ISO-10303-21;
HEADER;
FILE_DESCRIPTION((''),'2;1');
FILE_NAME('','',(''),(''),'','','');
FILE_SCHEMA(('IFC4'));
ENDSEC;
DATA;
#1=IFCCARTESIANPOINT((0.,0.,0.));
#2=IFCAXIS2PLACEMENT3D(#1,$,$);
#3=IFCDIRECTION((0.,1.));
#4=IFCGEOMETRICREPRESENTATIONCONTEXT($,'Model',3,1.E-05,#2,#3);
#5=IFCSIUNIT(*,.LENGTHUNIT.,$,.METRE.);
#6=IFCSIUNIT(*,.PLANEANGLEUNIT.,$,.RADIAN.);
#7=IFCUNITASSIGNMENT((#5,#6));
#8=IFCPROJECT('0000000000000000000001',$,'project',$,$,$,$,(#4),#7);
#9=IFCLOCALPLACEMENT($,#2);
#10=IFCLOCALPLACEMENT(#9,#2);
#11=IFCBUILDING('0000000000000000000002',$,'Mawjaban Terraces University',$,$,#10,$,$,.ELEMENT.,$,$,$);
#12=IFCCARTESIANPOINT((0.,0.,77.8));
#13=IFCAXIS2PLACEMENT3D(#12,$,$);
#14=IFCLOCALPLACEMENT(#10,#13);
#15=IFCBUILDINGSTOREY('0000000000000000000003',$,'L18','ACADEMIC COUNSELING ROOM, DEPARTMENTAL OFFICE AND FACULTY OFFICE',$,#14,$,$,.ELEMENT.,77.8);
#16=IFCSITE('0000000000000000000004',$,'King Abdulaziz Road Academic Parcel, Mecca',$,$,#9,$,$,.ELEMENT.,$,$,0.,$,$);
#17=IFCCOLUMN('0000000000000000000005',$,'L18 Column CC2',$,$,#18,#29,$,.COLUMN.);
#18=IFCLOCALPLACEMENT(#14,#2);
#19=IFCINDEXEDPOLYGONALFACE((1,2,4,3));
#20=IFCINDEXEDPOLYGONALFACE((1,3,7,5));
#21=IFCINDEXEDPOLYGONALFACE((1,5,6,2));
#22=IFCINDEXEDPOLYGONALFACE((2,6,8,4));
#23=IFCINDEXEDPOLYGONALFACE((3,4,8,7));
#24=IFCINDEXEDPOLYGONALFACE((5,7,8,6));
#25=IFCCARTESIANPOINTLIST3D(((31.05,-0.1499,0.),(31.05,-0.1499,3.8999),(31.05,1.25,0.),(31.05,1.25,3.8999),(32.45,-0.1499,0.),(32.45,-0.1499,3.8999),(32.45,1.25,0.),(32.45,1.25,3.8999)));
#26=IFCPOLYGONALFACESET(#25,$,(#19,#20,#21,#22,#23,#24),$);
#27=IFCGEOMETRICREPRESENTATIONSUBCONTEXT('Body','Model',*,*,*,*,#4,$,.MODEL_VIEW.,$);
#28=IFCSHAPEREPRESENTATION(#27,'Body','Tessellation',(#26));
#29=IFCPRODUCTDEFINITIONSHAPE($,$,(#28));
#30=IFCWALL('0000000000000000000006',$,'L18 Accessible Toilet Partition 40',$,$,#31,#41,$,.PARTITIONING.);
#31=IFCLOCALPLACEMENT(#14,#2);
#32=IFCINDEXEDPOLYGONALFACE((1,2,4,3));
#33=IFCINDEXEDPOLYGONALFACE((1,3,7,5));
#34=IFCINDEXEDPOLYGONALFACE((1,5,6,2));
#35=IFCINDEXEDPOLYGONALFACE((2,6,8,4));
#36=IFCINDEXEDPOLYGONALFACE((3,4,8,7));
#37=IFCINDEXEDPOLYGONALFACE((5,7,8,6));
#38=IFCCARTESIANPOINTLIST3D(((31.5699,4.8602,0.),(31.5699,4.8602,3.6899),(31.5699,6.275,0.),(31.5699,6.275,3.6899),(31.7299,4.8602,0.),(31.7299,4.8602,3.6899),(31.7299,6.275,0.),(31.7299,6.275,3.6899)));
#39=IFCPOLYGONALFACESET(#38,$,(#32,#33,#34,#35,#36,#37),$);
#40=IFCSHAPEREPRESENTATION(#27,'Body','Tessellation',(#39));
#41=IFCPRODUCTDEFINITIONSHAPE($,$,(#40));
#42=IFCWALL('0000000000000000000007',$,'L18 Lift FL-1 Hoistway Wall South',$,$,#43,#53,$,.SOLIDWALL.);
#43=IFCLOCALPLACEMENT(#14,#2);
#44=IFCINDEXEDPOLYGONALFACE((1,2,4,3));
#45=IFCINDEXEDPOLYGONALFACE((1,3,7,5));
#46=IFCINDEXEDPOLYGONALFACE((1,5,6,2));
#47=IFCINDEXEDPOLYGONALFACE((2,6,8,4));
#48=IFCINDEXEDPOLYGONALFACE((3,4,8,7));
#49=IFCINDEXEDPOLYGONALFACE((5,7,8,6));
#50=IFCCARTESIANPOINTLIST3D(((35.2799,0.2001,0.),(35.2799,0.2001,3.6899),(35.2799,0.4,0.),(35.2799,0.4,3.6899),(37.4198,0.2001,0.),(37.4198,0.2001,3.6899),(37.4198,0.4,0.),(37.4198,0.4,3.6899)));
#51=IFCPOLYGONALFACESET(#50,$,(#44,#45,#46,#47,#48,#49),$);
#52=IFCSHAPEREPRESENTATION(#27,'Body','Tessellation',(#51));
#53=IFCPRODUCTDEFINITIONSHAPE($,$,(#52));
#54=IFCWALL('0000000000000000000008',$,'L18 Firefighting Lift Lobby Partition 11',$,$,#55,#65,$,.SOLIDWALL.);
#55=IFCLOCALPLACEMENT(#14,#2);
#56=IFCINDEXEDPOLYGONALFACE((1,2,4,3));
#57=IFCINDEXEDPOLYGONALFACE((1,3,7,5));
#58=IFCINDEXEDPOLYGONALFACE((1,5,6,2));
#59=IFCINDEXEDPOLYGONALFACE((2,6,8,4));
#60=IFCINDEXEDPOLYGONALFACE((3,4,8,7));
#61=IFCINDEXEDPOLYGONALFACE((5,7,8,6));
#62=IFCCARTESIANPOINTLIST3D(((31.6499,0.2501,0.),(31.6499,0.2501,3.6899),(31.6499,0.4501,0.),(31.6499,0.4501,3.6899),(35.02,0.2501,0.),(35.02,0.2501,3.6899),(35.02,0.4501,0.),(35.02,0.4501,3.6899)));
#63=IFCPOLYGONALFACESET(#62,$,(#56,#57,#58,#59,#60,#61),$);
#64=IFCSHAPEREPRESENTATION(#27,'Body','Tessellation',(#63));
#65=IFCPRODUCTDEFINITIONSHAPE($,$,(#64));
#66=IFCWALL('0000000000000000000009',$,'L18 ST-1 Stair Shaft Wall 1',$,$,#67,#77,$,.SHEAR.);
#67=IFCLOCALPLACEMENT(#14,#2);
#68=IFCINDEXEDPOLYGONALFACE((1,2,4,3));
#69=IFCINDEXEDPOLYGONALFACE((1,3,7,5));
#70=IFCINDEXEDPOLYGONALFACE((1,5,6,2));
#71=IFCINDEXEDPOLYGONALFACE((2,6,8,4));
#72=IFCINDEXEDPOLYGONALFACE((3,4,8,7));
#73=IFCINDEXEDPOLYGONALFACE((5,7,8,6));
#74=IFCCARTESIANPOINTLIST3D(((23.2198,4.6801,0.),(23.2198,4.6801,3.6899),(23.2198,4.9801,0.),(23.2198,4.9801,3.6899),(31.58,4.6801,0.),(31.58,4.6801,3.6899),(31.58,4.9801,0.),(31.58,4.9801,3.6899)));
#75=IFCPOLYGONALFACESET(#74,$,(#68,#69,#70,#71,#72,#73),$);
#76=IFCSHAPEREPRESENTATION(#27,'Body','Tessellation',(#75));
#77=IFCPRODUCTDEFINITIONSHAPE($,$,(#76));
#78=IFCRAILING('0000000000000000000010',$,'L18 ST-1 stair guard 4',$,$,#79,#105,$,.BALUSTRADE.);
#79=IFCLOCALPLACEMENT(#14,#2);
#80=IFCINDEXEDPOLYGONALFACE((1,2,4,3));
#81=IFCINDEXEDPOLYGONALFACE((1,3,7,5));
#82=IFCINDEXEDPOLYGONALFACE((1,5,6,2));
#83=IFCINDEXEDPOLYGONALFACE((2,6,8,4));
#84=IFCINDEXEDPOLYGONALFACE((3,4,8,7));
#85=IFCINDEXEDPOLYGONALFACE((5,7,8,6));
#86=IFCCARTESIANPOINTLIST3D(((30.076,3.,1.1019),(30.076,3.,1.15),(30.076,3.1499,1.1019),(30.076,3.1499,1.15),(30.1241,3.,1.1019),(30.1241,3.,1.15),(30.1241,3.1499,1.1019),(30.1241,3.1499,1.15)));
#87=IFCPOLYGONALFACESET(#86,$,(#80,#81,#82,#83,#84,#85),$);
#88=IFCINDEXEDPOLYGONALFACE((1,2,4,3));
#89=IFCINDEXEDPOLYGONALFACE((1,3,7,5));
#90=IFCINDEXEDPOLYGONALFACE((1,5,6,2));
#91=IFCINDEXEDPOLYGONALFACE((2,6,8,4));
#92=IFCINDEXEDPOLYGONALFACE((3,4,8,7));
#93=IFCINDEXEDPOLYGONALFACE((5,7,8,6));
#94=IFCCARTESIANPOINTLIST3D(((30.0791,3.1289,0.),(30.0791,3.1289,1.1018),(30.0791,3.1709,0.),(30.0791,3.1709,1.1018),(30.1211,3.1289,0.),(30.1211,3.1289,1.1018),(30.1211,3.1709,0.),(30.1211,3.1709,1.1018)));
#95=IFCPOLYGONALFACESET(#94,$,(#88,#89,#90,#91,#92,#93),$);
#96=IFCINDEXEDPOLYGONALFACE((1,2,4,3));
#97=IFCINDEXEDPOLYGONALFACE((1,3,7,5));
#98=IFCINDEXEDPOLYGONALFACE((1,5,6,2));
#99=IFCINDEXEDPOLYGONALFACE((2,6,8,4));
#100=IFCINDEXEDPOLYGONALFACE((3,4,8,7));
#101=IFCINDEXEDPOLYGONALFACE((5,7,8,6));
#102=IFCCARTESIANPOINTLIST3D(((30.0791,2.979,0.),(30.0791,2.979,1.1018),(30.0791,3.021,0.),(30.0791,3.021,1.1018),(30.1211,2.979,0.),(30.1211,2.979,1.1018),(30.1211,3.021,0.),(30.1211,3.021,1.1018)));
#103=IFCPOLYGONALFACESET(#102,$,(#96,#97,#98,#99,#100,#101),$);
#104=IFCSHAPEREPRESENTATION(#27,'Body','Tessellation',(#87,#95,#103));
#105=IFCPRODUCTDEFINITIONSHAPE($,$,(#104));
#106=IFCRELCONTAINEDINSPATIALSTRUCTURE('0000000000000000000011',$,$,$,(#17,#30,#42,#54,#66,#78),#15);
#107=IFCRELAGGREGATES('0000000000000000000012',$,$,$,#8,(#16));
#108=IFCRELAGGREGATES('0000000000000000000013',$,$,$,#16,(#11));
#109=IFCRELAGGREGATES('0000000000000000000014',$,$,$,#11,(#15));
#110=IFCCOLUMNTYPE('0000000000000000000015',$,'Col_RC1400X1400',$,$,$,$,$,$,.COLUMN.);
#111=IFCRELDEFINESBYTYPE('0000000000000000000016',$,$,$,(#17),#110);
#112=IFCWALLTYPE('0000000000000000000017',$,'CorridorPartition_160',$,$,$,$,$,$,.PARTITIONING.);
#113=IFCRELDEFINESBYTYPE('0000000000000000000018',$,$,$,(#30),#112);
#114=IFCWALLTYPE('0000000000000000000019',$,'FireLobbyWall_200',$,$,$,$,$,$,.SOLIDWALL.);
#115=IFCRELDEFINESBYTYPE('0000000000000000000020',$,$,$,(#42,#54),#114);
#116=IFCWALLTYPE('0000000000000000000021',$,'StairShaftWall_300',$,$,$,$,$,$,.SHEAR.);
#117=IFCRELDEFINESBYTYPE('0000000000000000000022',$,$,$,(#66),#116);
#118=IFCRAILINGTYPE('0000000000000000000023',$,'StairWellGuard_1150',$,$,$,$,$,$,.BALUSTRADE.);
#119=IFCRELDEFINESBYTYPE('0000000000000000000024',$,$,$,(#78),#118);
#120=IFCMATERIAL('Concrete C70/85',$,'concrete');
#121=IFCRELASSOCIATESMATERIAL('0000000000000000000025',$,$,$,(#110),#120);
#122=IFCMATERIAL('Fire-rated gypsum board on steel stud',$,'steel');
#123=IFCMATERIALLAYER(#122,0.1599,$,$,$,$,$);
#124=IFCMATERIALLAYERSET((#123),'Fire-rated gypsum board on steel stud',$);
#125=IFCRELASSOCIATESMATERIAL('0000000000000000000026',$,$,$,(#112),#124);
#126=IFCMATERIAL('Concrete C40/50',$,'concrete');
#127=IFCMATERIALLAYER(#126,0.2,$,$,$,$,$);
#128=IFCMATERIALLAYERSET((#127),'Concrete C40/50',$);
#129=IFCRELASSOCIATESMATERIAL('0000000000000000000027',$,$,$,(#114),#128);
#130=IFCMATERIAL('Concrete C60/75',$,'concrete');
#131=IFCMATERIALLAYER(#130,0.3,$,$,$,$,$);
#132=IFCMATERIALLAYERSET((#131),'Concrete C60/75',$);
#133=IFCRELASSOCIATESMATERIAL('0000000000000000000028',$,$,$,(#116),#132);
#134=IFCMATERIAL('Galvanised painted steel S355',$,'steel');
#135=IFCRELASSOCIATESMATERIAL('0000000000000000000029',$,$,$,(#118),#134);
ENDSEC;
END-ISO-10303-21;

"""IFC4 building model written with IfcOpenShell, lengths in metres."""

from ifc_helpers import new_model, si_unit, direction, frame, frame_2d, origin, origin_2d, place, context, subcontext, project, spatial, rectangle, extrude, material, layer, layer_set, material_profile, profile_set, type_object, element, save


model = new_model("IFC4")

# Units and contexts
model_context = context("Model", 3, precision=1e-05, world=origin(), true_north=direction((0.0, 1.0)))
body_context = subcontext(model_context, "Body", "Model", "MODEL_VIEW")
ifc_project = project(units=[si_unit("LENGTHUNIT", "METRE"), si_unit("PLANEANGLEUNIT", "RADIAN")], contexts=[model_context])

# Site, building, storey
site_placement = place(None, origin())
site = spatial("IfcSite", under=ifc_project, at=site_placement, Name="King Abdulaziz Road Academic Parcel, Mecca", CompositionType="ELEMENT", RefElevation=0.0)
building_placement = place(site_placement, origin())
building = spatial("IfcBuilding", under=site, at=building_placement, Name="Mawjaban Terraces University", CompositionType="ELEMENT")
storey_placement = place(building_placement, frame((0.0, 0.0, 77.8)))
storey = spatial("IfcBuildingStorey", under=building, at=storey_placement, Name="L18", Description="ACADEMIC COUNSELING ROOM, DEPARTMENTAL OFFICE AND FACULTY OFFICE", CompositionType="ELEMENT", Elevation=77.8)

# Column
ifc_material_1 = material(Name="Concrete C70/85", Category="concrete")
ifc_material_profile = material_profile(ifc_material_1, rectangle(XDim=1.3999, YDim=1.3999, at=origin_2d()), Name="RC1400X1400")
ifc_profile_set = profile_set([ifc_material_profile], Name="Concrete C70/85")
column_type = type_object("IfcColumnType", Name="Col_RC1400X1400", PredefinedType="COLUMN", material=ifc_profile_set)
column_placement = place(storey_placement, frame((31.75, 0.55, 0.0), z_axis=(0.0, 0.0, 1.0), x_axis=(1.0, 0.0, 0.0)))
element("IfcColumn", 1, at=column_placement, inside=storey, type_object=column_type, Name="L18 Column CC2", PredefinedType="COLUMN", context=body_context, shape_type="SweptSolid", body=[
    extrude(rectangle(XDim=1.3999, YDim=1.3999, at=origin_2d()), origin(), (0.0, 0.0, 1.0), 3.8999),
])

# Wall
ifc_material_2 = material(Name="Fire-rated gypsum board on steel stud", Category="steel")
ifc_layer_1 = layer(ifc_material_2, 0.1599)
ifc_layer_set_1 = layer_set([ifc_layer_1], Name="Fire-rated gypsum board on steel stud")
wall_type_1 = type_object("IfcWallType", Name="CorridorPartition_160", PredefinedType="PARTITIONING", material=ifc_layer_set_1)
wall_1_placement = place(storey_placement, frame((31.6499, 4.8601, 0.0), z_axis=(0.0, 0.0, 1.0), x_axis=(0.0, 1.0, 0.0)))
element("IfcWall", 2, at=wall_1_placement, inside=storey, type_object=wall_type_1, Name="L18 Accessible Toilet Partition 40", PredefinedType="PARTITIONING", context=body_context, shape_type="SweptSolid", body=[
    extrude(rectangle(XDim=1.4148, YDim=0.1599, at=frame_2d((0.7075, 0.0))), origin(), (0.0, 0.0, 1.0), 3.6899),
])

# Shared definitions
ifc_material_3 = material(Name="Concrete C40/50", Category="concrete")
ifc_layer_2 = layer(ifc_material_3, 0.2)
ifc_layer_set_2 = layer_set([ifc_layer_2], Name="Concrete C40/50")
wall_type_2 = type_object("IfcWallType", Name="FireLobbyWall_200", PredefinedType="SOLIDWALL", material=ifc_layer_set_2)

# Wall
wall_2_placement = place(storey_placement, frame((35.28, 0.3, 0.0), z_axis=(0.0, 0.0, 1.0), x_axis=(1.0, 0.0, 0.0)))
element("IfcWall", 3, at=wall_2_placement, inside=storey, type_object=wall_type_2, Name="L18 Lift FL-1 Hoistway Wall South", PredefinedType="SOLIDWALL", context=body_context, shape_type="SweptSolid", body=[
    extrude(rectangle(XDim=2.1399, YDim=0.2, at=frame_2d((1.0698, 0.0))), origin(), (0.0, 0.0, 1.0), 3.6899),
])

# Wall
wall_3_placement = place(storey_placement, frame((31.6499, 0.3501, 0.0), z_axis=(0.0, 0.0, 1.0), x_axis=(1.0, 0.0, 0.0)))
element("IfcWall", 4, at=wall_3_placement, inside=storey, type_object=wall_type_2, Name="L18 Firefighting Lift Lobby Partition 11", PredefinedType="SOLIDWALL", context=body_context, shape_type="SweptSolid", body=[
    extrude(rectangle(XDim=3.3701, YDim=0.2, at=frame_2d((1.6851, 0.0))), origin(), (0.0, 0.0, 1.0), 3.6899),
])

# Wall
ifc_material_4 = material(Name="Concrete C60/75", Category="concrete")
ifc_layer_3 = layer(ifc_material_4, 0.3)
ifc_layer_set_3 = layer_set([ifc_layer_3], Name="Concrete C60/75")
wall_type_3 = type_object("IfcWallType", Name="StairShaftWall_300", PredefinedType="SHEAR", material=ifc_layer_set_3)
wall_4_placement = place(storey_placement, frame((31.5801, 4.8301, 0.0), z_axis=(0.0, 0.0, 1.0), x_axis=(-1.0, 0.0, 0.0)))
element("IfcWall", 5, at=wall_4_placement, inside=storey, type_object=wall_type_3, Name="L18 ST-1 Stair Shaft Wall 1", PredefinedType="SHEAR", context=body_context, shape_type="SweptSolid", body=[
    extrude(rectangle(XDim=8.3601, YDim=0.3, at=frame_2d((4.1802, 0.0))), origin(), (0.0, 0.0, 1.0), 3.6899),
])

# Railing
ifc_material_5 = material(Name="Galvanised painted steel S355", Category="steel")
railing_type = type_object("IfcRailingType", Name="StairWellGuard_1150", PredefinedType="BALUSTRADE", material=ifc_material_5)
railing_placement = place(storey_placement, frame((30.1001, 3.1499, 0.0)))
element("IfcRailing", 6, at=railing_placement, inside=storey, type_object=railing_type, Name="L18 ST-1 stair guard 4", PredefinedType="BALUSTRADE", context=body_context, shape_type="SweptSolid", body=[
    extrude(rectangle(XDim=0.0481, YDim=0.0481, at=origin_2d()), frame((0.0, 0.0, 1.126), z_axis=(0.0, -1.0, 0.0), x_axis=(1.0, 0.0, 0.0)), (0.0, 0.0, 1.0), 0.1499),
    extrude(rectangle(XDim=0.042, YDim=0.042, at=origin_2d()), origin(), (0.0, 0.0, 1.0), 1.1018),
    extrude(rectangle(XDim=0.042, YDim=0.042, at=origin_2d()), frame((0.0, -0.1499, 0.0)), (0.0, 0.0, 1.0), 1.1018),
])

save(model, "model.ifc")
